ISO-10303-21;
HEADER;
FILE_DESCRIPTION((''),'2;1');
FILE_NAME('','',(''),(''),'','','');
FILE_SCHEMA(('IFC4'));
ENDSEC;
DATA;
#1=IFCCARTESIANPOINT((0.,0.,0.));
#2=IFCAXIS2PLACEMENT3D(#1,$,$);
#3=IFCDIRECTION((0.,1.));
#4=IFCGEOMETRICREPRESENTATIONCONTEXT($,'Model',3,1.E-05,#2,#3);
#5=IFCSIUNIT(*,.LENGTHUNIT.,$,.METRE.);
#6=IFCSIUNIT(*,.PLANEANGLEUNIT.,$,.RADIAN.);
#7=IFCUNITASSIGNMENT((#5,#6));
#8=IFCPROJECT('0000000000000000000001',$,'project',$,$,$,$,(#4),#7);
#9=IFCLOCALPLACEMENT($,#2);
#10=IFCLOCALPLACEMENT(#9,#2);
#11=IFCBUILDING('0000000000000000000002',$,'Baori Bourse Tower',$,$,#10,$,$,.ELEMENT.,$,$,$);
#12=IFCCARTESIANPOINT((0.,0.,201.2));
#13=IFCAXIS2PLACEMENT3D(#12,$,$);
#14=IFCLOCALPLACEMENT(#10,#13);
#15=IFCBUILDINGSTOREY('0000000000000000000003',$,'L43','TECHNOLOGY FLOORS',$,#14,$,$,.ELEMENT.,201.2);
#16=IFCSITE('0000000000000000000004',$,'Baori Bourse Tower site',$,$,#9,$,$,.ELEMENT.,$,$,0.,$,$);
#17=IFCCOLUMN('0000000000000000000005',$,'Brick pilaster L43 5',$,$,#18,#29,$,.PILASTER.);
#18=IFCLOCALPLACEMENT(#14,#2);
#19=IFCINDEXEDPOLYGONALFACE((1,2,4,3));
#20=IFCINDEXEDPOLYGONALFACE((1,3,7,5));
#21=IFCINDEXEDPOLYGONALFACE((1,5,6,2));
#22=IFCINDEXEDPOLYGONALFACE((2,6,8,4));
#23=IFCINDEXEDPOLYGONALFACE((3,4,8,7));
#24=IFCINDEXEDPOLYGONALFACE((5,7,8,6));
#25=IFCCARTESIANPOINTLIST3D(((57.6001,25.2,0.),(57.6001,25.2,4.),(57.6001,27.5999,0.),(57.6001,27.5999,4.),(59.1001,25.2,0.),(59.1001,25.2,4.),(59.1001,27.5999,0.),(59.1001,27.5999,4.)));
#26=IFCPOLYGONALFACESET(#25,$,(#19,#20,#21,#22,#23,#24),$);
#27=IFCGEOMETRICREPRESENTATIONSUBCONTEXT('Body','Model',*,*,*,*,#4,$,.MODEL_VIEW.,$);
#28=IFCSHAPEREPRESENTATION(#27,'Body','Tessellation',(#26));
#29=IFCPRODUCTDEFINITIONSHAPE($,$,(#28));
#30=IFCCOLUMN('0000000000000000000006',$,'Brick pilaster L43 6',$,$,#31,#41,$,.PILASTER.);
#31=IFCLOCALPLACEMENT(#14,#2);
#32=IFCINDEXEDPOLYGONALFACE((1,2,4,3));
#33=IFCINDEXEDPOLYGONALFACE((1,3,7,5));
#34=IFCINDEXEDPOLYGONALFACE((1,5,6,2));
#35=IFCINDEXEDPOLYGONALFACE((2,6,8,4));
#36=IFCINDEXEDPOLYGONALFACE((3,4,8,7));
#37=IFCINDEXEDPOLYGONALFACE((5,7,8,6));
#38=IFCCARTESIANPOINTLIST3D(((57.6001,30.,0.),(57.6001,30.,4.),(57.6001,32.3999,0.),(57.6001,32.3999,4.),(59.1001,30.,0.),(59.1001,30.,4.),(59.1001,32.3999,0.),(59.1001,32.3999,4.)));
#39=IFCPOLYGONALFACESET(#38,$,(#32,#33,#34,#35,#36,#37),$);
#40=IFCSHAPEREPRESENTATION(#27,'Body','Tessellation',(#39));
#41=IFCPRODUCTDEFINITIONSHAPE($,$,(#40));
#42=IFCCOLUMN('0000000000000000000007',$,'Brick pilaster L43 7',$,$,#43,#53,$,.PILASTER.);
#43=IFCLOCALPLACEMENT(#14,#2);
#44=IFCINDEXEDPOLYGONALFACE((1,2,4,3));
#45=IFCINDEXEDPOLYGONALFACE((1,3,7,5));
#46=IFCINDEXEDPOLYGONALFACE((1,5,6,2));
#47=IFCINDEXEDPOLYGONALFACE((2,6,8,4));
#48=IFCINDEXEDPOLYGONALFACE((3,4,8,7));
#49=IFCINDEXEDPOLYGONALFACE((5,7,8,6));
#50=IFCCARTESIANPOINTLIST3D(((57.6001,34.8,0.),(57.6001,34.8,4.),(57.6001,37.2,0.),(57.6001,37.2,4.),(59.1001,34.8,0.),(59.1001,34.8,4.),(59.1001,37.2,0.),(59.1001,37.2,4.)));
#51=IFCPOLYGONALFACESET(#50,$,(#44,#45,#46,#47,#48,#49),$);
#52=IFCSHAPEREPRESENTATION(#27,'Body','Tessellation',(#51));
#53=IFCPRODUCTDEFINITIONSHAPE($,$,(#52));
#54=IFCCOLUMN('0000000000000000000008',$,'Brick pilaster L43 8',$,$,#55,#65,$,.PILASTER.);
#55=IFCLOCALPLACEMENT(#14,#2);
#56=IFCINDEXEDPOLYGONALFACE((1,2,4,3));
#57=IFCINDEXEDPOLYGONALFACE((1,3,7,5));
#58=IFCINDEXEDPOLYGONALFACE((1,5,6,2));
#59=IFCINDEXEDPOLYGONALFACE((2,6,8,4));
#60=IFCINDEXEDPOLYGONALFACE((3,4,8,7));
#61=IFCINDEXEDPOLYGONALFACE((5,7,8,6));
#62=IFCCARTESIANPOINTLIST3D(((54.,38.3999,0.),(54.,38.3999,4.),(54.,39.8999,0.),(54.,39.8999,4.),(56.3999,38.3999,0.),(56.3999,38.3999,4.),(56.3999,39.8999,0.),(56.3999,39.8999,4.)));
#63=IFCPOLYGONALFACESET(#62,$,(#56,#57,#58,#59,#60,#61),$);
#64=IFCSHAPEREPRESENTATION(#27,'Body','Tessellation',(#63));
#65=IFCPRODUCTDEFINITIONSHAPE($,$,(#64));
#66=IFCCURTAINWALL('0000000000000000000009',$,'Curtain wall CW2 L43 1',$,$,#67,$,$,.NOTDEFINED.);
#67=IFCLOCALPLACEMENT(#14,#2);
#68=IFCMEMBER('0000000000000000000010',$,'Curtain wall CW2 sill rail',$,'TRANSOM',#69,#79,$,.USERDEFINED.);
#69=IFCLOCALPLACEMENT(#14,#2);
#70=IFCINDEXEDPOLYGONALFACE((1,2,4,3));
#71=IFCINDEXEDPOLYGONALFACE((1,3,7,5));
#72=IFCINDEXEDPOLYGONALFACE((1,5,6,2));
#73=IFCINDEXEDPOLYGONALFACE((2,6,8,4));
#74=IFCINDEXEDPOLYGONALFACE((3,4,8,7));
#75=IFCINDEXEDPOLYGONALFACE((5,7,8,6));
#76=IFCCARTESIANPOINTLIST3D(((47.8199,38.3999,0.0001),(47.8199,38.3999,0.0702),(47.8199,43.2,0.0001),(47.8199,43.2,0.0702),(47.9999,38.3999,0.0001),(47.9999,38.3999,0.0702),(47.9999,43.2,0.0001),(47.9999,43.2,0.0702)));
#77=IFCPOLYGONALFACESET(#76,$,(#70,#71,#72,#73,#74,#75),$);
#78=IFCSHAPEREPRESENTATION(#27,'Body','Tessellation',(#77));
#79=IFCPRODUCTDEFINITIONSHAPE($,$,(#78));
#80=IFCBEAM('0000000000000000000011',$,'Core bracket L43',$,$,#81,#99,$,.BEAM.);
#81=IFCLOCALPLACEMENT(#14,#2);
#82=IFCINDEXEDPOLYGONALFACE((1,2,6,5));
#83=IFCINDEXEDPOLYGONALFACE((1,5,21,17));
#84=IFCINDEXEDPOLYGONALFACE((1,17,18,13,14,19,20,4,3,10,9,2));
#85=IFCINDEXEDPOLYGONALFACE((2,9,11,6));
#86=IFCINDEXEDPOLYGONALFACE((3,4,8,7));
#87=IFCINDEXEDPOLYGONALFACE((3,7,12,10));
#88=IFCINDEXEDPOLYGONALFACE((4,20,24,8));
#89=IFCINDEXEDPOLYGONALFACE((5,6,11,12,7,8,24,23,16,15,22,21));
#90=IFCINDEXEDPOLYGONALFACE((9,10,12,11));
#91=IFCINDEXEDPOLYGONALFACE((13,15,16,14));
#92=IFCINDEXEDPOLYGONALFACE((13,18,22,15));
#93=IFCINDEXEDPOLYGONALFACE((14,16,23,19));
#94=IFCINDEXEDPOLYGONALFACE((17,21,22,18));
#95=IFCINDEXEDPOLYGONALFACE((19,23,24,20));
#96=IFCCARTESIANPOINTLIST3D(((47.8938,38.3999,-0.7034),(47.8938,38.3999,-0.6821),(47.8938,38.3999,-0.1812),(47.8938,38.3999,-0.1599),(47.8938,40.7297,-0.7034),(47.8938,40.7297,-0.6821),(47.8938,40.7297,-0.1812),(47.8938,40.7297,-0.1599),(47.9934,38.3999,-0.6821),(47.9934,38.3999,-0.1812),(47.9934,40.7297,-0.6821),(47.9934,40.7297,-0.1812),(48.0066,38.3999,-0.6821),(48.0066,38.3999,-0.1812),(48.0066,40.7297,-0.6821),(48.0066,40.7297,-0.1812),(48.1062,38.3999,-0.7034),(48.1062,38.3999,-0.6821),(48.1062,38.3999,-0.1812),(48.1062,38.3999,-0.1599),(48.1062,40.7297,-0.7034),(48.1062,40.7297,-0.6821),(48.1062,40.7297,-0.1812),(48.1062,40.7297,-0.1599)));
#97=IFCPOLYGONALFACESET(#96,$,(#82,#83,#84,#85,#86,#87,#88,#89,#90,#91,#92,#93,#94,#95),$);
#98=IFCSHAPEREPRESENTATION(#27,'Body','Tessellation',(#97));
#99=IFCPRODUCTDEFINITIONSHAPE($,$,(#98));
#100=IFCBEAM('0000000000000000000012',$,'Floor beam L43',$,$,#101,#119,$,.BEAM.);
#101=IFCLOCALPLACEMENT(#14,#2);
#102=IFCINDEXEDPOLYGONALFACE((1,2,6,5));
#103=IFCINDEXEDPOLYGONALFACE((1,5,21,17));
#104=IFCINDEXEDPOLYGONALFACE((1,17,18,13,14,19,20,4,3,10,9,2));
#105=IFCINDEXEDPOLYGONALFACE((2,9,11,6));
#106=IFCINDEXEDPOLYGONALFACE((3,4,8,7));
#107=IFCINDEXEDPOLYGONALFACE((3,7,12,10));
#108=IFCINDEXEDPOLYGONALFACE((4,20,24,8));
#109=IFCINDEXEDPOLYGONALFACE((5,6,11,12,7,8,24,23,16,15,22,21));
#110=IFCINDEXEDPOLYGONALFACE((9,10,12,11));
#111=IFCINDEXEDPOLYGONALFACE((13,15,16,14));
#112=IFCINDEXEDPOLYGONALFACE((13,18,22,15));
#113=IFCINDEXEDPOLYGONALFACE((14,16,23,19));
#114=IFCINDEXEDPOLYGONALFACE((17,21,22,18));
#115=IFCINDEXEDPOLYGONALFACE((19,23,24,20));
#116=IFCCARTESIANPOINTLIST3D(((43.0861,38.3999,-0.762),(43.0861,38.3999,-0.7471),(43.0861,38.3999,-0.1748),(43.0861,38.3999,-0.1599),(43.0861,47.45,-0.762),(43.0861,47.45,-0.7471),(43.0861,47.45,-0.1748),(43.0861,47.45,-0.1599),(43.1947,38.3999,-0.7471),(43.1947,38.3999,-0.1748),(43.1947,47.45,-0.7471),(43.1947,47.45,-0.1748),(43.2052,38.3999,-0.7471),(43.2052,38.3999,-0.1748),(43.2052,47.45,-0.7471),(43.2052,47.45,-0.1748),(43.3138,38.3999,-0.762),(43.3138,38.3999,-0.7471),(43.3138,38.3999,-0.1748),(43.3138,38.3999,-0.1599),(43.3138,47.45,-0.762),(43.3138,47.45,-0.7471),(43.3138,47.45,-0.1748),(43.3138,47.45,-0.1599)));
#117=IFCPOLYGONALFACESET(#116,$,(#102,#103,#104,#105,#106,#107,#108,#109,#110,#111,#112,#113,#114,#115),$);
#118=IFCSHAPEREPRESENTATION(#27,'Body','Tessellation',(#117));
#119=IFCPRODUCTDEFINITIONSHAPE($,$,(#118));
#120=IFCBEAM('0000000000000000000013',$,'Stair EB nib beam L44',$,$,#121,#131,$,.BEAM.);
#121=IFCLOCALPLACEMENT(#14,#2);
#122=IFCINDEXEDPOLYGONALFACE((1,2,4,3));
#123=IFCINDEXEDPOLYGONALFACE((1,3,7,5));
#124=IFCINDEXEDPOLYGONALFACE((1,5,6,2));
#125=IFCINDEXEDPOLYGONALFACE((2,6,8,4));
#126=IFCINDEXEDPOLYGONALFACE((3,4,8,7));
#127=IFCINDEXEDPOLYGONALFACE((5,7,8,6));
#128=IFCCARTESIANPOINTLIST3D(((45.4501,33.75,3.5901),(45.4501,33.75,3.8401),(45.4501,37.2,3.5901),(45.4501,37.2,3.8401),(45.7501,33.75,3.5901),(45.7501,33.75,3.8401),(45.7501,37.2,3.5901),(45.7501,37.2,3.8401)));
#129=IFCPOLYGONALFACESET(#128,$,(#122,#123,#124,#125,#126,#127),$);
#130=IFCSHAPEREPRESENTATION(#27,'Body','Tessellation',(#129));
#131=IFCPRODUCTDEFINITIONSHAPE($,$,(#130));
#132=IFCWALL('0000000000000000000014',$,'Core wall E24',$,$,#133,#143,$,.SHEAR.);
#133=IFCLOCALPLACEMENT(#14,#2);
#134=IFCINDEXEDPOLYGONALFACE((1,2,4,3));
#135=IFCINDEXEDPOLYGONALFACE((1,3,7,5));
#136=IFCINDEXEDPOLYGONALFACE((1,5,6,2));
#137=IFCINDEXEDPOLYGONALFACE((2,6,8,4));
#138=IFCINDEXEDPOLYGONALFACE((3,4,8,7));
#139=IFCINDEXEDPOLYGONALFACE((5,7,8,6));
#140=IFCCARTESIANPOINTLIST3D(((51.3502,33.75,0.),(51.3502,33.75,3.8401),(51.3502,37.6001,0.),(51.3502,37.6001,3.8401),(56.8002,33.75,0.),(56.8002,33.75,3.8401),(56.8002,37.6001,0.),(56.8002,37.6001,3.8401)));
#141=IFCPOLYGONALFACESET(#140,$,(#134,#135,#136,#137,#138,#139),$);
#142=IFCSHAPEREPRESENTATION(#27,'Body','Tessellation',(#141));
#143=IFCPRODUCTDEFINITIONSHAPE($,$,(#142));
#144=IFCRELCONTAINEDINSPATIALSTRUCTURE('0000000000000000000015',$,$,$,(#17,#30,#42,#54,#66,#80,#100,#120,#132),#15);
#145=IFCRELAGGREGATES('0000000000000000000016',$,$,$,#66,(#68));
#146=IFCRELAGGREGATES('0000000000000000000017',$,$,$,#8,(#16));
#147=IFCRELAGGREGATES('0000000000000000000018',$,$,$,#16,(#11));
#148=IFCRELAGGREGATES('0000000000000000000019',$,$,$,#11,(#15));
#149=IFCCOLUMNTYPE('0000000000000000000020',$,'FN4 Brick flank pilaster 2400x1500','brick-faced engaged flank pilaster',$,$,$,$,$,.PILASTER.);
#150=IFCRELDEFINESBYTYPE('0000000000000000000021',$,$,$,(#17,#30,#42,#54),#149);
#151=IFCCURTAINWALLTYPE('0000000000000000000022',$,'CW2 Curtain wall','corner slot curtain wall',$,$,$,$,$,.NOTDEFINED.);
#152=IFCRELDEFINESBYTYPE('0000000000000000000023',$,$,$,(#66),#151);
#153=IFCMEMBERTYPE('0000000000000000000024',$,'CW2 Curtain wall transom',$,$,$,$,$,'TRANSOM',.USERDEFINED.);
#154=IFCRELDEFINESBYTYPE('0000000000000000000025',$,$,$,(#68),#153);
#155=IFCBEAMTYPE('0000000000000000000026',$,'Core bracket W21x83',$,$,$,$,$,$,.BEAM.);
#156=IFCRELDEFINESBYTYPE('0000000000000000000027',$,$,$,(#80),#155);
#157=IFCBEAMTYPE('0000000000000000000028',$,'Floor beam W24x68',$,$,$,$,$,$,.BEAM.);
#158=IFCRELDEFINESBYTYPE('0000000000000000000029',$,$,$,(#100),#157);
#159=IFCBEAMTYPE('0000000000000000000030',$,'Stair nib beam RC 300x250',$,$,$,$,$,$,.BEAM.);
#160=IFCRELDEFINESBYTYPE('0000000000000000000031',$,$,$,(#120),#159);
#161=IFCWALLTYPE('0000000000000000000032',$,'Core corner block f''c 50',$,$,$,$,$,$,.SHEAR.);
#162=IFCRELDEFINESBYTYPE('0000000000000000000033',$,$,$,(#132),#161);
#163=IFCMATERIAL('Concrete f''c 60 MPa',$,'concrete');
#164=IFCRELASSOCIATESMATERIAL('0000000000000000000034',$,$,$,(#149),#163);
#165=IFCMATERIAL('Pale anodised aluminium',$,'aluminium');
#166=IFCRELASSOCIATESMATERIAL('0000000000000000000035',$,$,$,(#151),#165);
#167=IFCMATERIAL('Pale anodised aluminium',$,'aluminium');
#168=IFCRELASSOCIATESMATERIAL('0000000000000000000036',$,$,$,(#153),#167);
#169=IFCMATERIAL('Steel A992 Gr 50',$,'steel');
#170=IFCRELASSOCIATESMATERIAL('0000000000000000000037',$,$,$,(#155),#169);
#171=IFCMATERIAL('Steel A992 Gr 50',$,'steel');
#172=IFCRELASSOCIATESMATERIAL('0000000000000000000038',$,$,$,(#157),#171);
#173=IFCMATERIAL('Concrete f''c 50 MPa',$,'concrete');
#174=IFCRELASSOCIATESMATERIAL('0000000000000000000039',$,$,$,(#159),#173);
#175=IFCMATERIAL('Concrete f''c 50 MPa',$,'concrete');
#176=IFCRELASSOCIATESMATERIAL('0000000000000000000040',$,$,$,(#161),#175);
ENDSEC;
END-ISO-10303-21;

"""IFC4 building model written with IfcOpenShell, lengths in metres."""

from ifc_helpers import new_model, si_unit, direction, frame, frame_2d, origin, origin_2d, place, context, subcontext, project, spatial, rectangle, i_section, extrude, material, material_profile, profile_set, type_object, element, aggregate, save


model = new_model("IFC4")

# Units and contexts
model_context = context("Model", 3, precision=1e-05, world=origin(), true_north=direction((0.0, 1.0)))
body_context = subcontext(model_context, "Body", "Model", "MODEL_VIEW")
ifc_project = project(units=[si_unit("LENGTHUNIT", "METRE"), si_unit("PLANEANGLEUNIT", "RADIAN")], contexts=[model_context])

# Site, building, storey
site_placement = place(None, origin())
site = spatial("IfcSite", under=ifc_project, at=site_placement, Name="Baori Bourse Tower site", CompositionType="ELEMENT", RefElevation=0.0)
building_placement = place(site_placement, origin())
building = spatial("IfcBuilding", under=site, at=building_placement, Name="Baori Bourse Tower", CompositionType="ELEMENT")
storey_placement = place(building_placement, frame((0.0, 0.0, 201.2)))
storey = spatial("IfcBuildingStorey", under=building, at=storey_placement, Name="L43", Description="TECHNOLOGY FLOORS", CompositionType="ELEMENT", Elevation=201.2)

# Columns
ifc_material_1 = material(Name="Concrete f'c 60 MPa", Category="concrete")
ifc_material_profile_1 = material_profile(ifc_material_1, rectangle(XDim=2.3999, YDim=1.5, at=origin_2d()), Name="RC 2400x1500")
ifc_profile_set_1 = profile_set([ifc_material_profile_1], Name="Concrete f'c 60 MPa")
column_type = type_object("IfcColumnType", Name="FN4 Brick flank pilaster 2400x1500", Description="brick-faced engaged flank pilaster", PredefinedType="PILASTER", material=ifc_profile_set_1)
for number, where, z_axis, x_axis, name in (
    (1, (58.3501, 26.3999, 0.0), (0.0, 0.0, 1.0), (0.0, 1.0, 0.0), "Brick pilaster L43 5"),
    (2, (58.3501, 31.2, 0.0), (0.0, 0.0, 1.0), (0.0, 1.0, 0.0), "Brick pilaster L43 6"),
    (3, (58.3501, 36.0, 0.0), (0.0, 0.0, 1.0), (0.0, 1.0, 0.0), "Brick pilaster L43 7"),
    (4, (55.2, 39.1499, 0.0), (0.0, 0.0, 1.0), (1.0, 0.0, 0.0), "Brick pilaster L43 8"),
):
    element("IfcColumn", number, at=place(storey_placement, frame(where, z_axis=z_axis, x_axis=x_axis)), inside=storey, type_object=column_type, Name=name, PredefinedType="PILASTER", context=body_context, shape_type="SweptSolid", body=[
        extrude(rectangle(XDim=2.3999, YDim=1.5, at=origin_2d()), origin(), (0.0, 0.0, 1.0), 4.0),
    ])

# Curtain wall, member
ifc_material_2 = material(Name="Pale anodised aluminium", Category="aluminium")
curtain_wall_type = type_object("IfcCurtainWallType", Name="CW2 Curtain wall", Description="corner slot curtain wall", PredefinedType="NOTDEFINED", material=ifc_material_2)
curtain_wall_placement = place(storey_placement, origin())
curtain_wall = element("IfcCurtainWall", 5, at=curtain_wall_placement, inside=storey, type_object=curtain_wall_type, Name="Curtain wall CW2 L43 1", PredefinedType="NOTDEFINED")
ifc_material_3 = material(Name="Pale anodised aluminium", Category="aluminium")
ifc_material_profile_2 = material_profile(ifc_material_3, rectangle(XDim=0.1799, YDim=0.0701, at=origin_2d()), Name="Transom 70x180")
ifc_profile_set_2 = profile_set([ifc_material_profile_2], Name="Pale anodised aluminium")
member_type = type_object("IfcMemberType", Name="CW2 Curtain wall transom", ElementType="TRANSOM", PredefinedType="USERDEFINED", material=ifc_profile_set_2)
member_placement = place(storey_placement, frame((47.9099, 38.3999, 0.0352), z_axis=(0.0, 1.0, 0.0), x_axis=(-1.0, 0.0, 0.0)))
member = element("IfcMember", 6, at=member_placement, type_object=member_type, Name="Curtain wall CW2 sill rail", ObjectType="TRANSOM", PredefinedType="USERDEFINED", context=body_context, shape_type="SweptSolid", body=[
    extrude(rectangle(XDim=0.1799, YDim=0.0701, at=origin_2d()), origin(), (0.0, 0.0, 1.0), 4.8),
])
aggregate(curtain_wall, [member])

# Beams
ifc_material_4 = material(Name="Steel A992 Gr 50", Category="steel")
ifc_material_profile_3 = material_profile(ifc_material_4, i_section(OverallWidth=0.2124, OverallDepth=0.5435, WebThickness=0.0132, FlangeThickness=0.0212, at=origin_2d()), Name="W21x83")
ifc_profile_set_3 = profile_set([ifc_material_profile_3], Name="Steel A992 Gr 50")
beam_type_1 = type_object("IfcBeamType", Name="Core bracket W21x83", PredefinedType="BEAM", material=ifc_profile_set_3)
beam_1_placement = place(storey_placement, frame((48.0, 38.3999, -0.4316), z_axis=(0.0, 1.0, 0.0), x_axis=(-1.0, 0.0, 0.0)))
element("IfcBeam", 7, at=beam_1_placement, inside=storey, type_object=beam_type_1, Name="Core bracket L43", PredefinedType="BEAM", context=body_context, shape_type="SweptSolid", body=[
    extrude(i_section(OverallWidth=0.2124, OverallDepth=0.5435, WebThickness=0.0132, FlangeThickness=0.0212, at=origin_2d()), origin(), (0.0, 0.0, 1.0), 2.3298),
])
ifc_material_5 = material(Name="Steel A992 Gr 50", Category="steel")
ifc_material_profile_4 = material_profile(ifc_material_5, i_section(OverallWidth=0.2278, OverallDepth=0.6021, WebThickness=0.0105, FlangeThickness=0.0149, at=origin_2d()), Name="W24x68")
ifc_profile_set_4 = profile_set([ifc_material_profile_4], Name="Steel A992 Gr 50")
beam_type_2 = type_object("IfcBeamType", Name="Floor beam W24x68", PredefinedType="BEAM", material=ifc_profile_set_4)
beam_2_placement = place(storey_placement, frame((43.2, 38.3999, -0.4609), z_axis=(0.0, 1.0, 0.0), x_axis=(-1.0, 0.0, 0.0)))
element("IfcBeam", 8, at=beam_2_placement, inside=storey, type_object=beam_type_2, Name="Floor beam L43", PredefinedType="BEAM", context=body_context, shape_type="SweptSolid", body=[
    extrude(i_section(OverallWidth=0.2278, OverallDepth=0.6021, WebThickness=0.0105, FlangeThickness=0.0149, at=origin_2d()), origin(), (0.0, 0.0, 1.0), 9.05),
])
ifc_material_6 = material(Name="Concrete f'c 50 MPa", Category="concrete")
ifc_material_profile_5 = material_profile(ifc_material_6, rectangle(XDim=0.3, YDim=0.25, at=origin_2d()), Name="RC 300x250")
ifc_profile_set_5 = profile_set([ifc_material_profile_5], Name="Concrete f'c 50 MPa")
beam_type_3 = type_object("IfcBeamType", Name="Stair nib beam RC 300x250", PredefinedType="BEAM", material=ifc_profile_set_5)
beam_3_placement = place(storey_placement, frame((45.6001, 33.75, 3.7151), z_axis=(0.0, 1.0, 0.0), x_axis=(-1.0, 0.0, 0.0)))
element("IfcBeam", 9, at=beam_3_placement, inside=storey, type_object=beam_type_3, Name="Stair EB nib beam L44", PredefinedType="BEAM", context=body_context, shape_type="SweptSolid", body=[
    extrude(rectangle(XDim=0.3, YDim=0.25, at=origin_2d()), origin(), (0.0, 0.0, 1.0), 3.45),
])

# Wall
ifc_material_7 = material(Name="Concrete f'c 50 MPa", Category="concrete")
wall_type_1 = type_object("IfcWallType", Name="Core corner block f'c 50", PredefinedType="SHEAR", material=ifc_material_7)
wall_1_placement = place(storey_placement, frame((51.3501, 35.675, 0.0), z_axis=(0.0, 0.0, 1.0), x_axis=(1.0, 0.0, 0.0)))
element("IfcWall", 10, at=wall_1_placement, inside=storey, type_object=wall_type_1, Name="Core wall E24", PredefinedType="SHEAR", context=body_context, shape_type="SweptSolid", body=[
    extrude(rectangle(XDim=5.45, YDim=3.8501, at=frame_2d((2.7251, 0.0))), origin(), (0.0, 0.0, 1.0), 3.8401),
])

save(model, "model.ifc")
